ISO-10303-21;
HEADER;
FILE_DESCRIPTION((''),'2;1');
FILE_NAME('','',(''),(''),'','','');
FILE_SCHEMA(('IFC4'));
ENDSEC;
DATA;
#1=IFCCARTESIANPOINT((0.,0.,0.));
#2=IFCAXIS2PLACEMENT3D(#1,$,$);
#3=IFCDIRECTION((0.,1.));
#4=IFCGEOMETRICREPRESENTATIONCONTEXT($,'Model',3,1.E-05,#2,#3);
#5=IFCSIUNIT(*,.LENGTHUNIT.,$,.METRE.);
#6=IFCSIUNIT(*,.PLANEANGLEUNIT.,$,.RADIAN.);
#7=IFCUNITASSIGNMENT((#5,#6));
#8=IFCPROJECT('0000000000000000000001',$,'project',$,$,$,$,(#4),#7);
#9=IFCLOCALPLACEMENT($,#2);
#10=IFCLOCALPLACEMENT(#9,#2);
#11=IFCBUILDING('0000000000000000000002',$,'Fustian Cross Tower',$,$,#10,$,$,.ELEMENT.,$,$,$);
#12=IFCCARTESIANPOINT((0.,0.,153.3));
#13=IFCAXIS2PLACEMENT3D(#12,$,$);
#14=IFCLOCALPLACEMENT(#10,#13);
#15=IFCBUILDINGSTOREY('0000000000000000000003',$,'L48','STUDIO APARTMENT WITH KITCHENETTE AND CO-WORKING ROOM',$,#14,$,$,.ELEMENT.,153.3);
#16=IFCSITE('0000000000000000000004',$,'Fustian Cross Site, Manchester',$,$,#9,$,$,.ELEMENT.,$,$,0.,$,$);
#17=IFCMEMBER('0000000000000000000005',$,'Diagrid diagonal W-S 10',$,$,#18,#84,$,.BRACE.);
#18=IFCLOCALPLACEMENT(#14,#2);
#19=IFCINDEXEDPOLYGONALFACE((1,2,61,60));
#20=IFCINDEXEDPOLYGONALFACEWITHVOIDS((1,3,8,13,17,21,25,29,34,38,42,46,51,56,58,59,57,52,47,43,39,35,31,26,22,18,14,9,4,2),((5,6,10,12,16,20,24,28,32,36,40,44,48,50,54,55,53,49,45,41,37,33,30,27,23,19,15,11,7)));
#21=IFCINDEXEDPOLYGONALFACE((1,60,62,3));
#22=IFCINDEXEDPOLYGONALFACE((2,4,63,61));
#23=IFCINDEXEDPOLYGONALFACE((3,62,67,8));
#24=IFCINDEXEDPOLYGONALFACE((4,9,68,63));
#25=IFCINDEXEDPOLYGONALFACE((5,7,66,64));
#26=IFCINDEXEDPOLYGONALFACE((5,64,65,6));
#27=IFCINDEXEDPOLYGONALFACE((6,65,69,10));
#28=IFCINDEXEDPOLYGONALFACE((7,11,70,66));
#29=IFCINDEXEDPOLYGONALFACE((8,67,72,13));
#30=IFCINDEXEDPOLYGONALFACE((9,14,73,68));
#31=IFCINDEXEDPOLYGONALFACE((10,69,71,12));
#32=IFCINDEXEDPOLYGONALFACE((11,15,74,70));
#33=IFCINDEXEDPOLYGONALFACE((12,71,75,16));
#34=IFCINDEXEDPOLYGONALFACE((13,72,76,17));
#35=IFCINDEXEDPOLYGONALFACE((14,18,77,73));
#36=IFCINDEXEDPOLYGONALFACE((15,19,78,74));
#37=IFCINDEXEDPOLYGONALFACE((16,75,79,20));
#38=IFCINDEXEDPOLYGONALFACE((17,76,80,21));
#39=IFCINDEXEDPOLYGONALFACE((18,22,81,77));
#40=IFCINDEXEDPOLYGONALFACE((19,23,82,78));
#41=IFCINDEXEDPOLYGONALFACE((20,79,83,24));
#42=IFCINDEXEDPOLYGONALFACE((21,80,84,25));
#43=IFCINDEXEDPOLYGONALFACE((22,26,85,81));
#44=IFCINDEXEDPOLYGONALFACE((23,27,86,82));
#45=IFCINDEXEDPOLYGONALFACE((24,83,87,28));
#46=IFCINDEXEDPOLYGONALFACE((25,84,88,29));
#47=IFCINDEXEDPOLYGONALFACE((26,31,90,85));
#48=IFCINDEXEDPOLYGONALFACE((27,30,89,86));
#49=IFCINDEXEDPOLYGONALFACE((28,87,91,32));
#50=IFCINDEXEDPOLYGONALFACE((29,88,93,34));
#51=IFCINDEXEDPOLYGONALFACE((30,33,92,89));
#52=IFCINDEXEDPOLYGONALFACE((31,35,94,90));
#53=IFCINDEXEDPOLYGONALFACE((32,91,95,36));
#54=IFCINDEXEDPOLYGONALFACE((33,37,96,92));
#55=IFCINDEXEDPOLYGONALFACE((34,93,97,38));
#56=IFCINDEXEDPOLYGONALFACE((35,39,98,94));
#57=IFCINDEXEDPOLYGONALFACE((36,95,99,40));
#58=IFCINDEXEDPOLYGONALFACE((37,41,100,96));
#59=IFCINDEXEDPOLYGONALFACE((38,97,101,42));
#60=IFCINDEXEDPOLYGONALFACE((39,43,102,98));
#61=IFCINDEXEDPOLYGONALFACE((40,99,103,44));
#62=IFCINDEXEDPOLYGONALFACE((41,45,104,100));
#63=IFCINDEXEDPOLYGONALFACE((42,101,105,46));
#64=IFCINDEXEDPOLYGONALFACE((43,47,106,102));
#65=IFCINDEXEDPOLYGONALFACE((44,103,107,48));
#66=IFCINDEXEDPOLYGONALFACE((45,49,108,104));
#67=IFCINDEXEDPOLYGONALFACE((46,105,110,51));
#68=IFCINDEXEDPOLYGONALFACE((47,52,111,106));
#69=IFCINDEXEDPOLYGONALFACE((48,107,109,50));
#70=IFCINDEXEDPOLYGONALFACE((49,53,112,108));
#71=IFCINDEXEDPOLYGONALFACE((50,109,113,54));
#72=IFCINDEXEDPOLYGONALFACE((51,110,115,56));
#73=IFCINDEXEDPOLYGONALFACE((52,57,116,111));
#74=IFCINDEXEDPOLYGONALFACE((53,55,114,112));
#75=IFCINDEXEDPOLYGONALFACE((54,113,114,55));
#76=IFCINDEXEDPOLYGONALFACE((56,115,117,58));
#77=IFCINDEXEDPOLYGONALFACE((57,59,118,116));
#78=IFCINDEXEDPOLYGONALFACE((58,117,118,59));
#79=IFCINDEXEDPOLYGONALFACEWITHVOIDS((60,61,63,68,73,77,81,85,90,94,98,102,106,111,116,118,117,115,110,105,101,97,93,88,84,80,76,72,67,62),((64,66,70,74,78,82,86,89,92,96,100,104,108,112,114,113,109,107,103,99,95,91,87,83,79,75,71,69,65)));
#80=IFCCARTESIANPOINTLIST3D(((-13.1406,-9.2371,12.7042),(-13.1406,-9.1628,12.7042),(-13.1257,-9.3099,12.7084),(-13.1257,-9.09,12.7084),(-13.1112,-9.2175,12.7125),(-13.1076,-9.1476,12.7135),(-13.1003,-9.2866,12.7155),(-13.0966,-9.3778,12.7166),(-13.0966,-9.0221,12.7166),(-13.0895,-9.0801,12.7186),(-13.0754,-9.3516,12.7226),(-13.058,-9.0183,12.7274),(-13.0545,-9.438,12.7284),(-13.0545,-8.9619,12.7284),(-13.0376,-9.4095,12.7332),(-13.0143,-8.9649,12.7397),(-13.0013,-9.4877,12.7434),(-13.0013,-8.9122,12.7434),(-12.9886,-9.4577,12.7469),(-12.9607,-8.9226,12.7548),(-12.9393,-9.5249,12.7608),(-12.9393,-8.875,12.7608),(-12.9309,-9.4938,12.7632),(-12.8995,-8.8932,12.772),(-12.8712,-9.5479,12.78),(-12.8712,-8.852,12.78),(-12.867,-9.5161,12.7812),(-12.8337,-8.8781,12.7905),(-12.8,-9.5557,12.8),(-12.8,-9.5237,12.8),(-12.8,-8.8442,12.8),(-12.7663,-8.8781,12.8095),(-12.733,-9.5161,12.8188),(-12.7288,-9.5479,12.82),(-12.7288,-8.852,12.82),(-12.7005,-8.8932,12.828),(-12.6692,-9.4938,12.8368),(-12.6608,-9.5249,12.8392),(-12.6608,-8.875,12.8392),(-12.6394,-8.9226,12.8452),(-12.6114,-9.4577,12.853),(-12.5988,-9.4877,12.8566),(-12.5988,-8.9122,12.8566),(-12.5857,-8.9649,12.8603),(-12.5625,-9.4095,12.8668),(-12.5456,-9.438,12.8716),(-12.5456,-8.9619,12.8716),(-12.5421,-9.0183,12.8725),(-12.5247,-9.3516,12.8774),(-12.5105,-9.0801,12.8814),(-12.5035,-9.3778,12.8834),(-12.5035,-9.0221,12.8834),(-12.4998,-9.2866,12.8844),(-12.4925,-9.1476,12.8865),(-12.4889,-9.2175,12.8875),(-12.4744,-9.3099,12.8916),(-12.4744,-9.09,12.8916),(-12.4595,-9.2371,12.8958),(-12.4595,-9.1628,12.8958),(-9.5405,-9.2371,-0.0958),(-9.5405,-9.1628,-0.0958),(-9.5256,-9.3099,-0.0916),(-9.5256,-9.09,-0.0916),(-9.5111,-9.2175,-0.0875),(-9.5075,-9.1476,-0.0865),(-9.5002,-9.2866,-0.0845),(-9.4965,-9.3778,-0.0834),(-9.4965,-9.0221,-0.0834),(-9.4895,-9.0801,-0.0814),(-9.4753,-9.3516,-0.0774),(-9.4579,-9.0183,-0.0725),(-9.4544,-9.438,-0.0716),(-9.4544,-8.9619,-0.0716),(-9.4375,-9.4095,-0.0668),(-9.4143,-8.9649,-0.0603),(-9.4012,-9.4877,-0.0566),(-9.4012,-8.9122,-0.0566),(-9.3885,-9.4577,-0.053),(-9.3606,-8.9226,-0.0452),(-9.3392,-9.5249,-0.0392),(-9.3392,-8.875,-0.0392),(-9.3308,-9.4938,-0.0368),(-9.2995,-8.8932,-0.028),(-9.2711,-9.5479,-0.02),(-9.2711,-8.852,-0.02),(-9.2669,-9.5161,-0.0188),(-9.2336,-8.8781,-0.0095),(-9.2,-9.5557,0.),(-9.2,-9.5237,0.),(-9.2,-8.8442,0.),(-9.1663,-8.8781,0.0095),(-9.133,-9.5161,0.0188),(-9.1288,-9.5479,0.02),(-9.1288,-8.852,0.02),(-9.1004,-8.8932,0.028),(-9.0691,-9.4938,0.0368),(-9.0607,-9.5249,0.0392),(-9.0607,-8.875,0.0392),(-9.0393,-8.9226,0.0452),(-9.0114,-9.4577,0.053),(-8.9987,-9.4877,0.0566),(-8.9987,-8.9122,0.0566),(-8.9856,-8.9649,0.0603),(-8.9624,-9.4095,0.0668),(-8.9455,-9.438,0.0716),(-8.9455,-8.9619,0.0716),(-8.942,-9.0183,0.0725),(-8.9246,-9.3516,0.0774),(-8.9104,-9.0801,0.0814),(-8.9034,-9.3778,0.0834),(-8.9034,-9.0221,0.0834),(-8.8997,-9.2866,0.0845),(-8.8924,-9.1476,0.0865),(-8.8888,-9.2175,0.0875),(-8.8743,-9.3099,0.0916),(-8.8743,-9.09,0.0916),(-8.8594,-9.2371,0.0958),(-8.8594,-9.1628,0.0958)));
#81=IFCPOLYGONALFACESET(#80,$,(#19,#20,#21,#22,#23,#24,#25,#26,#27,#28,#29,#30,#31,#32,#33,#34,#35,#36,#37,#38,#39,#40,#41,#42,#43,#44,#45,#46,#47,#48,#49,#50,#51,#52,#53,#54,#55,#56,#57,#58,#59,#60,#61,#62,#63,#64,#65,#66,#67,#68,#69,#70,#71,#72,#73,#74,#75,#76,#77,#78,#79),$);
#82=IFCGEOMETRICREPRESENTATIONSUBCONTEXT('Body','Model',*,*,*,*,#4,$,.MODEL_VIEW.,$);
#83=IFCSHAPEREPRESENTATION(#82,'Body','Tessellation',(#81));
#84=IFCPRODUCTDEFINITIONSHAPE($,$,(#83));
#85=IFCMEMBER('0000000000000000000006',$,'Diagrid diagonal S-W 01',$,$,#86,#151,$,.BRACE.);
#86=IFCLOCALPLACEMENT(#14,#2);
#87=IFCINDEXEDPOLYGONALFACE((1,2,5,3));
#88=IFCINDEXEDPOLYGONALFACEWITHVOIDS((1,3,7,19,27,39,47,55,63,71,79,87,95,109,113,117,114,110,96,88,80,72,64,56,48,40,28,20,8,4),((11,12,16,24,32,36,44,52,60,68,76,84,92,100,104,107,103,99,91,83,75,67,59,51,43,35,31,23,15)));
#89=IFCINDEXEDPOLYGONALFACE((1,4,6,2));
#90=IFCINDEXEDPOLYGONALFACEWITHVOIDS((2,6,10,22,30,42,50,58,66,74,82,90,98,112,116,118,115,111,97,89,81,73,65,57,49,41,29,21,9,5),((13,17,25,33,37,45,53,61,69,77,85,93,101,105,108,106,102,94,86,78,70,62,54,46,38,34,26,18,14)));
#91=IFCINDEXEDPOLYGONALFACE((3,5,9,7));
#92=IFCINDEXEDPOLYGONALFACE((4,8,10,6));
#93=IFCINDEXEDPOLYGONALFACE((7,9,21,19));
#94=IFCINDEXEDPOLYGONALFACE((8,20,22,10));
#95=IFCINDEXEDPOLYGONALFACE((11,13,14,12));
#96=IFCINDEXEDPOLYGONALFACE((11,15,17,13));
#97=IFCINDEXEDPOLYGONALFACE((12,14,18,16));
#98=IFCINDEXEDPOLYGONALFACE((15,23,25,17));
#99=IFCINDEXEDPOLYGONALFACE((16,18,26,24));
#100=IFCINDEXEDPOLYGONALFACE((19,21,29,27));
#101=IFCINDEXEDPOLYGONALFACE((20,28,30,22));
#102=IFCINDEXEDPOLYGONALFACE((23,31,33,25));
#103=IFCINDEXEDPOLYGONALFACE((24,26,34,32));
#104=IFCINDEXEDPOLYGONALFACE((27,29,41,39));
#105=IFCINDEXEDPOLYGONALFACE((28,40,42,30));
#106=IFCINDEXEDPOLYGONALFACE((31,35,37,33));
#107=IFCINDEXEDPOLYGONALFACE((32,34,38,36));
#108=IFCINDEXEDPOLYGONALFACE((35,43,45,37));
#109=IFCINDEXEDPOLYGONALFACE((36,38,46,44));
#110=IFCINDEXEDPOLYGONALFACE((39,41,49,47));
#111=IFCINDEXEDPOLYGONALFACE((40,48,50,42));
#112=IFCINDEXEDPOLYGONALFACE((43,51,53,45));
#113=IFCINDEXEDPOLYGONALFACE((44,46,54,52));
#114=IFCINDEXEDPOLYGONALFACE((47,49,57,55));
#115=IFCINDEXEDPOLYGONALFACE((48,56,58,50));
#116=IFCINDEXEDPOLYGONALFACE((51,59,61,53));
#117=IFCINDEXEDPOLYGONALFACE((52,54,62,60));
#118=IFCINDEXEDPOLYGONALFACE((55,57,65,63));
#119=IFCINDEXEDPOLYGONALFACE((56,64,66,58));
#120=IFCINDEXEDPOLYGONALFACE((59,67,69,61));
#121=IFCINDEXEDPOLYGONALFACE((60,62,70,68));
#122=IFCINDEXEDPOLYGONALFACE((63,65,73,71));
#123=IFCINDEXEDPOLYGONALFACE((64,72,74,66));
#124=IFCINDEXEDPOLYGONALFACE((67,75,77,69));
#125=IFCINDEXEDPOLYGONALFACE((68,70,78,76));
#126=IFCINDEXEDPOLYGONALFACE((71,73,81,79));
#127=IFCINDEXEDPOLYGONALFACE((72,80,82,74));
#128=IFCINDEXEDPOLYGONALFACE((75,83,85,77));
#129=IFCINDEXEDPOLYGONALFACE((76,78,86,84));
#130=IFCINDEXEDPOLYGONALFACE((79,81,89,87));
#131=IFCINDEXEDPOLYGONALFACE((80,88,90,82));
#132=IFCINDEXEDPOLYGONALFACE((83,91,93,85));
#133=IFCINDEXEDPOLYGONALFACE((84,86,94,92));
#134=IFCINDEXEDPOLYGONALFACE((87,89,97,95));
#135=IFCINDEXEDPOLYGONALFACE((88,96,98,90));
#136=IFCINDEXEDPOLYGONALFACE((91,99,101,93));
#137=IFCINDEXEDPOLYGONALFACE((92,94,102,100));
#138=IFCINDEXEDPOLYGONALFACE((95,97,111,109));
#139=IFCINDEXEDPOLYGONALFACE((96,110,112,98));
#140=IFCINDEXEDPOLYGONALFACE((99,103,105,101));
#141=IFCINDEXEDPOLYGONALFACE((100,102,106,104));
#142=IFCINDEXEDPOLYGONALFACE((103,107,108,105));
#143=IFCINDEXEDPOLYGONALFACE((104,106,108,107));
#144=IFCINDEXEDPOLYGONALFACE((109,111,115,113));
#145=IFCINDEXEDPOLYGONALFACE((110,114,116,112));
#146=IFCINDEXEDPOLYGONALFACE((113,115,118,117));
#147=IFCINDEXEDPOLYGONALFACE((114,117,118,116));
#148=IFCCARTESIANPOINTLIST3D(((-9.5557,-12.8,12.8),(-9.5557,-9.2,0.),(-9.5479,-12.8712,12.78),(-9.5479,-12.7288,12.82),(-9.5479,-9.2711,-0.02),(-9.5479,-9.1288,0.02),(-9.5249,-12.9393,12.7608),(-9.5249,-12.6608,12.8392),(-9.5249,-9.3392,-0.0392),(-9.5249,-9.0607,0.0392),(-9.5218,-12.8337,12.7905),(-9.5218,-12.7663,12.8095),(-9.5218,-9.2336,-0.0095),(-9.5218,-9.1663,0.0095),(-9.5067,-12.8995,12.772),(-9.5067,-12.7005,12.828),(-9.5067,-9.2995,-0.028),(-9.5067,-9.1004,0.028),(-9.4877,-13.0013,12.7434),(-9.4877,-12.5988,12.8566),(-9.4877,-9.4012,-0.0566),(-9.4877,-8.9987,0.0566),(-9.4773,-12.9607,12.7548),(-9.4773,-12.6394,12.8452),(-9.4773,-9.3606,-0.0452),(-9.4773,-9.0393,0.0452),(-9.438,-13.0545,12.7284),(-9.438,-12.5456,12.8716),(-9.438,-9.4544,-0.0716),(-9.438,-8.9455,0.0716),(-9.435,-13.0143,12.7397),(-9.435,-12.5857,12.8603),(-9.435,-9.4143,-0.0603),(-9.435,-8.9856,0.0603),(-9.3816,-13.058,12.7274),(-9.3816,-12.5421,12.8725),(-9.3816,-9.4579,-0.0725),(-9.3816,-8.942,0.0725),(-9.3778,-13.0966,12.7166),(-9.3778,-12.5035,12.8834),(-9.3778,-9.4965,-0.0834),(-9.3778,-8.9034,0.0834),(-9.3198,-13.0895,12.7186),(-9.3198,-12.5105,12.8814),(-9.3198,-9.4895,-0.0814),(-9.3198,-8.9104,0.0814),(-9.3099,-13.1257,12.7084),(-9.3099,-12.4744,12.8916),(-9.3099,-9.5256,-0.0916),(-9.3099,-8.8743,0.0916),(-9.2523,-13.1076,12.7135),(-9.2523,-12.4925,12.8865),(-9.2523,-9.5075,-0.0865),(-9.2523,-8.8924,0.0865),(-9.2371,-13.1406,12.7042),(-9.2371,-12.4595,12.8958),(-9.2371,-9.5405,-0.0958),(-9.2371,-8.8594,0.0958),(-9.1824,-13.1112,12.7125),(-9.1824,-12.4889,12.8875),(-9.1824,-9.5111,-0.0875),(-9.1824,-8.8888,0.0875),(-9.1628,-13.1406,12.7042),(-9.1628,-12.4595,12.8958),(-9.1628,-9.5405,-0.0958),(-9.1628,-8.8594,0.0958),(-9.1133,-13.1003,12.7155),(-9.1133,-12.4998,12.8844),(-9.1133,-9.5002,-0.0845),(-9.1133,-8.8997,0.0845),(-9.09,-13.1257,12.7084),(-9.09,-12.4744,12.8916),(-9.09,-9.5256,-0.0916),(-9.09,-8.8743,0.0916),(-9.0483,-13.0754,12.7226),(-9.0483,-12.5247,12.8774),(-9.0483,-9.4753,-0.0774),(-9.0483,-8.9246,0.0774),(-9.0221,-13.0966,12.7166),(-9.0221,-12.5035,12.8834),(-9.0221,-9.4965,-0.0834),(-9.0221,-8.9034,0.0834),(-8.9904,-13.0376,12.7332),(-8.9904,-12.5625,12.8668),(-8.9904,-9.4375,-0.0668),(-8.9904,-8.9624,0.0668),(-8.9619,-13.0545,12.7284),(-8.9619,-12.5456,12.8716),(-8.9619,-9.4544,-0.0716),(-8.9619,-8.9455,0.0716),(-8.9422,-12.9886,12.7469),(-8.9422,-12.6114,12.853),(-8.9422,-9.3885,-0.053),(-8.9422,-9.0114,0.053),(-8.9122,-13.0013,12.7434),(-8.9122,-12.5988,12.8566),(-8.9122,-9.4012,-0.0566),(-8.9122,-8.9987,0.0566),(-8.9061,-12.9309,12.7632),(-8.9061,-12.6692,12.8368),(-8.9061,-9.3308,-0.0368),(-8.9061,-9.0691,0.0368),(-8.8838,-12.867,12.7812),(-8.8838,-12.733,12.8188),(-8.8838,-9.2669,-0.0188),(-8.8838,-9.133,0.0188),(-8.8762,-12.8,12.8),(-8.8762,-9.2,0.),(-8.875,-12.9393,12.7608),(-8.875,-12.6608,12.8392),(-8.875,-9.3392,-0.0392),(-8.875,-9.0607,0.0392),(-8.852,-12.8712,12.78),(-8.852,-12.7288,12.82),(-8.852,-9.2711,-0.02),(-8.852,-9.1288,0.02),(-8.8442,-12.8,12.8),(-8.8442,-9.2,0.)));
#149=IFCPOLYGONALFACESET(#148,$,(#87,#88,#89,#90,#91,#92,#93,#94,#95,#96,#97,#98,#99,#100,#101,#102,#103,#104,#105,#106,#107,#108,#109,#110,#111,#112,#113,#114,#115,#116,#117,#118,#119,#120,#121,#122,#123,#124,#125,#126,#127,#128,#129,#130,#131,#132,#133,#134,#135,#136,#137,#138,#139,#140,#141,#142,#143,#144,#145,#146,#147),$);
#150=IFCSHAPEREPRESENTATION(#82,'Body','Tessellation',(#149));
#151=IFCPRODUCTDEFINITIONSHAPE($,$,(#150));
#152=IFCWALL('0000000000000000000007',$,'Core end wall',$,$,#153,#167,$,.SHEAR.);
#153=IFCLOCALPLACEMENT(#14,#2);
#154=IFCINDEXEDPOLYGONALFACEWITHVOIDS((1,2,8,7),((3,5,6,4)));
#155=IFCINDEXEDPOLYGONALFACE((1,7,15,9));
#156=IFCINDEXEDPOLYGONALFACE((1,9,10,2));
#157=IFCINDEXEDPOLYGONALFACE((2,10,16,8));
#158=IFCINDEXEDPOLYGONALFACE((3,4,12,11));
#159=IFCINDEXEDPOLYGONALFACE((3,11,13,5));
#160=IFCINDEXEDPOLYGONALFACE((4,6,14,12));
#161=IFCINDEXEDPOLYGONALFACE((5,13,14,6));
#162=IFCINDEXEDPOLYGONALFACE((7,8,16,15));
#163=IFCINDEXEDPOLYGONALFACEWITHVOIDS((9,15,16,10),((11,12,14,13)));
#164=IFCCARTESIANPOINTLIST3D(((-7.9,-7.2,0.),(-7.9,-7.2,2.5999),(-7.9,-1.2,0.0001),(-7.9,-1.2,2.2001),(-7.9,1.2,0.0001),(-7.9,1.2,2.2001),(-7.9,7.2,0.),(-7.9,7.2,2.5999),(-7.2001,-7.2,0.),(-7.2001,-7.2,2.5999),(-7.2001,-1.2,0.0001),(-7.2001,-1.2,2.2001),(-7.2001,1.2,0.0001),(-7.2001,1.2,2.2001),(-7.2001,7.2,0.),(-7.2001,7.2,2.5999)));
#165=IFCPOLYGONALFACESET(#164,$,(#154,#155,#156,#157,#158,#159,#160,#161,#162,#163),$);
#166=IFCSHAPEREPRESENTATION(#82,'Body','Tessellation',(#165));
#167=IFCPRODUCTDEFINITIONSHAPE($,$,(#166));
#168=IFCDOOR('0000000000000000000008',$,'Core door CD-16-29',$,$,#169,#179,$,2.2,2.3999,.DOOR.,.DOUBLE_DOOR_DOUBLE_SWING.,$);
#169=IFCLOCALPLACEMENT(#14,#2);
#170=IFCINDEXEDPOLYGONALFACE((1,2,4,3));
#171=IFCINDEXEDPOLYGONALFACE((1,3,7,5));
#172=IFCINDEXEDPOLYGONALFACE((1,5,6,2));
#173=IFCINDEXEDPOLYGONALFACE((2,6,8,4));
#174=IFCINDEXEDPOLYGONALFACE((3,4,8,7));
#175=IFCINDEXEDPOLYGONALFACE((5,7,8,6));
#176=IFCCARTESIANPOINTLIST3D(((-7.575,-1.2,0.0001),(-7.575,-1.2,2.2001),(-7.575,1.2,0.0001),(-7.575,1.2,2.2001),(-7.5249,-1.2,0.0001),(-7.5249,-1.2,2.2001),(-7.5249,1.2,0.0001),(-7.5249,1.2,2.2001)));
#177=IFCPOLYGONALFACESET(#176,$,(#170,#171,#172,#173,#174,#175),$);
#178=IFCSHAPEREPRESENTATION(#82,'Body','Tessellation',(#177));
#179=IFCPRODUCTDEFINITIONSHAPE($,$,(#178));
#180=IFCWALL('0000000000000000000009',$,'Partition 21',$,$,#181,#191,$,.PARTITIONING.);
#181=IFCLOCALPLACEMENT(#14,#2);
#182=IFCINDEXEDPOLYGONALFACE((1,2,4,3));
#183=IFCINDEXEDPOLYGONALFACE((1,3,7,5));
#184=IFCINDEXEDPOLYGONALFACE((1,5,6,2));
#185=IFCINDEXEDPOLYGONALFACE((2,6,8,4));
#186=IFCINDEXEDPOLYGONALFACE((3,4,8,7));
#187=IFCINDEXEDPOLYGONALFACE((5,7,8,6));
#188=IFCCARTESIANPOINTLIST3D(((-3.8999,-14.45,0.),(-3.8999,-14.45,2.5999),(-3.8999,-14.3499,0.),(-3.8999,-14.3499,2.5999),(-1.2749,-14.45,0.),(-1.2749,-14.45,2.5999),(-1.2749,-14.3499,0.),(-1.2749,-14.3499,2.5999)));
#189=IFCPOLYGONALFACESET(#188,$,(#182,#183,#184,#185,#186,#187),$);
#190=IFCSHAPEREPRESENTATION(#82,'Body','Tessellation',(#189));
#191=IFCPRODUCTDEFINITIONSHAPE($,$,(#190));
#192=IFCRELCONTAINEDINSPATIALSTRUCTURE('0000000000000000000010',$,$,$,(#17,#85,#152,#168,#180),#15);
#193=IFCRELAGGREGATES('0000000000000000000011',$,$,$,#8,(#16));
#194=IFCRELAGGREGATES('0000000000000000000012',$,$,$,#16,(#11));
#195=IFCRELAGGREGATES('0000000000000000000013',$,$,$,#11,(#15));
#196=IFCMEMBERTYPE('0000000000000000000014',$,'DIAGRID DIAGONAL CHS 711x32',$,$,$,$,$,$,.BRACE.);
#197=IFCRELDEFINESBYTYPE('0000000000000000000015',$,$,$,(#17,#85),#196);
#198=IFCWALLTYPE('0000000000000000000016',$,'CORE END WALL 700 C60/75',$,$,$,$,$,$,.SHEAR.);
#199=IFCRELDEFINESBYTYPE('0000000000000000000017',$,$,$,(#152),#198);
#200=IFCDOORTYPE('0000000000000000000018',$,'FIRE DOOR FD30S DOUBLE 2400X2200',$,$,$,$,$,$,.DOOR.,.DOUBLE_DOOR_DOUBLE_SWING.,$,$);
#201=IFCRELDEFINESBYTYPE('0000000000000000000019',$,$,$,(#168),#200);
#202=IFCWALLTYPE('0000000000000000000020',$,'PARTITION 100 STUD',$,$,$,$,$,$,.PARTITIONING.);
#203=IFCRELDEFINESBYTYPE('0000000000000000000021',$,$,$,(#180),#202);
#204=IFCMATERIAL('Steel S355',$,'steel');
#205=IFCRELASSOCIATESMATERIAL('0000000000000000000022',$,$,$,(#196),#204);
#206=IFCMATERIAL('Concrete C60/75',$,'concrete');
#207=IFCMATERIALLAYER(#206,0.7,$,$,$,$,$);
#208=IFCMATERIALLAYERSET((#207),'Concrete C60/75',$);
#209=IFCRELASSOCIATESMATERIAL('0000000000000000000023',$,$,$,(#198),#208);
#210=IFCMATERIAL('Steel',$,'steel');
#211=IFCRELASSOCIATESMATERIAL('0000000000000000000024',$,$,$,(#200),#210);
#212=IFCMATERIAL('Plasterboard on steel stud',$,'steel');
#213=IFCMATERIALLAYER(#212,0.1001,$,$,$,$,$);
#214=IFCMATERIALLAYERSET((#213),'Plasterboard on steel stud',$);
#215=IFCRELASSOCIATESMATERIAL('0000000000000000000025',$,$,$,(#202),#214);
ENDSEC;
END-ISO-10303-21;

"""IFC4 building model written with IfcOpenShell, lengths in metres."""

from ifc_helpers import new_model, si_unit, direction, frame, frame_2d, origin, origin_2d, place, context, subcontext, project, spatial, rectangle, hollow_circle, extrude, material, layer, layer_set, material_profile, profile_set, type_object, element, fill, save


model = new_model("IFC4")

# Units and contexts
model_context = context("Model", 3, precision=1e-05, world=origin(), true_north=direction((0.0, 1.0)))
body_context = subcontext(model_context, "Body", "Model", "MODEL_VIEW")
ifc_project = project(units=[si_unit("LENGTHUNIT", "METRE"), si_unit("PLANEANGLEUNIT", "RADIAN")], contexts=[model_context])

# Site, building, storey
site_placement = place(None, origin())
site = spatial("IfcSite", under=ifc_project, at=site_placement, Name="Fustian Cross Site, Manchester", CompositionType="ELEMENT", RefElevation=0.0)
building_placement = place(site_placement, origin())
building = spatial("IfcBuilding", under=site, at=building_placement, Name="Fustian Cross Tower", CompositionType="ELEMENT")
storey_placement = place(building_placement, frame((0.0, 0.0, 153.3)))
storey = spatial("IfcBuildingStorey", under=building, at=storey_placement, Name="L48", Description="STUDIO APARTMENT WITH KITCHENETTE AND CO-WORKING ROOM", CompositionType="ELEMENT", Elevation=153.3)

# Members
ifc_material_1 = material(Name="Steel S355", Category="steel")
ifc_material_profile = material_profile(ifc_material_1, hollow_circle(Radius=0.3557, WallThickness=0.032, at=origin_2d()), Name="CHS 711x32")
ifc_profile_set = profile_set([ifc_material_profile], Name="Steel S355")
member_type = type_object("IfcMemberType", Name="DIAGRID DIAGONAL CHS 711x32", PredefinedType="BRACE", material=ifc_profile_set)
for number, where, z_axis, x_axis, name in (
    (1, (-9.2, -9.2, 0.0), (-0.270751, 0.0, 0.962649), (0.0, -1.0, 0.0), "Diagrid diagonal W-S 10"),
    (2, (-9.2, -9.2, 0.0), (0.0, -0.270751, 0.962649), (1.0, 0.0, 0.0), "Diagrid diagonal S-W 01"),
):
    element("IfcMember", number, at=place(storey_placement, frame(where, z_axis=z_axis, x_axis=x_axis)), inside=storey, type_object=member_type, Name=name, PredefinedType="BRACE", context=body_context, shape_type="SweptSolid", body=[
        extrude(hollow_circle(Radius=0.3557, WallThickness=0.032, at=origin_2d()), origin(), (0.0, 0.0, 1.0), 13.2966),
    ])

# Wall, opening, door
ifc_material_2 = material(Name="Concrete C60/75", Category="concrete")
ifc_layer_1 = layer(ifc_material_2, 0.7)
ifc_layer_set_1 = layer_set([ifc_layer_1], Name="Concrete C60/75")
wall_type_1 = type_object("IfcWallType", Name="CORE END WALL 700 C60/75", PredefinedType="SHEAR", material=ifc_layer_set_1)
wall_1_placement = place(storey_placement, frame((-7.55, -7.2, 0.0), z_axis=(0.0, 0.0, 1.0), x_axis=(0.0, 1.0, 0.0)))
wall_1 = element("IfcWall", 3, at=wall_1_placement, inside=storey, type_object=wall_type_1, Name="Core end wall", PredefinedType="SHEAR", context=body_context, shape_type="SweptSolid", body=[
    extrude(rectangle(XDim=14.3999, YDim=0.7, at=frame_2d((7.2, 0.0))), origin(), (0.0, 0.0, 1.0), 2.5999),
])
opening_1_placement = place(wall_1_placement, frame((6.0, 0.0, 0.0)))
opening_1 = element("IfcOpeningElement", 4, at=opening_1_placement, cuts=wall_1, PredefinedType="OPENING", context=body_context, shape_type="SweptSolid", body=[
    extrude(rectangle(XDim=2.3999, YDim=2.2, at=frame_2d((1.2, 1.1001))), frame((0.0, 0.3599, 0.0), z_axis=(0.0, -1.0, 0.0), x_axis=(1.0, 0.0, 0.0)), (0.0, 0.0, 1.0), 0.72),
])
ifc_material_3 = material(Name="Steel", Category="steel")
door_type_1 = type_object("IfcDoorType", Name="FIRE DOOR FD30S DOUBLE 2400X2200", OperationType="DOUBLE_DOOR_DOUBLE_SWING", PredefinedType="DOOR", material=ifc_material_3)
door_1_placement = place(opening_1_placement, origin())
door_1 = element("IfcDoor", 5, at=door_1_placement, inside=storey, type_object=door_type_1, Name="Core door CD-16-29", OperationType="DOUBLE_DOOR_DOUBLE_SWING", OverallHeight=2.2, OverallWidth=2.3999, PredefinedType="DOOR", context=body_context, shape_type="SweptSolid", body=[
    extrude(rectangle(XDim=2.3999, YDim=2.2, at=frame_2d((1.2, 1.1001))), frame((0.0, 0.0249, 0.0), z_axis=(0.0, -1.0, 0.0), x_axis=(1.0, 0.0, 0.0)), (0.0, 0.0, 1.0), 0.05),
])
fill(opening_1, door_1)

# Wall
ifc_material_4 = material(Name="Plasterboard on steel stud", Category="steel")
ifc_layer_2 = layer(ifc_material_4, 0.1001)
ifc_layer_set_2 = layer_set([ifc_layer_2], Name="Plasterboard on steel stud")
wall_type_2 = type_object("IfcWallType", Name="PARTITION 100 STUD", PredefinedType="PARTITIONING", material=ifc_layer_set_2)
for number, where, z_axis, x_axis, name in (
    (6, (-3.8999, -14.3999, 0.0), (0.0, 0.0, 1.0), (1.0, 0.0, 0.0), "Partition 21"),
):
    element("IfcWall", number, at=place(storey_placement, frame(where, z_axis=z_axis, x_axis=x_axis)), inside=storey, type_object=wall_type_2, Name=name, PredefinedType="PARTITIONING", context=body_context, shape_type="SweptSolid", body=[
        extrude(rectangle(XDim=2.625, YDim=0.1001, at=frame_2d((1.3125, 0.0))), origin(), (0.0, 0.0, 1.0), 2.5999),
    ])

save(model, "model.ifc")
